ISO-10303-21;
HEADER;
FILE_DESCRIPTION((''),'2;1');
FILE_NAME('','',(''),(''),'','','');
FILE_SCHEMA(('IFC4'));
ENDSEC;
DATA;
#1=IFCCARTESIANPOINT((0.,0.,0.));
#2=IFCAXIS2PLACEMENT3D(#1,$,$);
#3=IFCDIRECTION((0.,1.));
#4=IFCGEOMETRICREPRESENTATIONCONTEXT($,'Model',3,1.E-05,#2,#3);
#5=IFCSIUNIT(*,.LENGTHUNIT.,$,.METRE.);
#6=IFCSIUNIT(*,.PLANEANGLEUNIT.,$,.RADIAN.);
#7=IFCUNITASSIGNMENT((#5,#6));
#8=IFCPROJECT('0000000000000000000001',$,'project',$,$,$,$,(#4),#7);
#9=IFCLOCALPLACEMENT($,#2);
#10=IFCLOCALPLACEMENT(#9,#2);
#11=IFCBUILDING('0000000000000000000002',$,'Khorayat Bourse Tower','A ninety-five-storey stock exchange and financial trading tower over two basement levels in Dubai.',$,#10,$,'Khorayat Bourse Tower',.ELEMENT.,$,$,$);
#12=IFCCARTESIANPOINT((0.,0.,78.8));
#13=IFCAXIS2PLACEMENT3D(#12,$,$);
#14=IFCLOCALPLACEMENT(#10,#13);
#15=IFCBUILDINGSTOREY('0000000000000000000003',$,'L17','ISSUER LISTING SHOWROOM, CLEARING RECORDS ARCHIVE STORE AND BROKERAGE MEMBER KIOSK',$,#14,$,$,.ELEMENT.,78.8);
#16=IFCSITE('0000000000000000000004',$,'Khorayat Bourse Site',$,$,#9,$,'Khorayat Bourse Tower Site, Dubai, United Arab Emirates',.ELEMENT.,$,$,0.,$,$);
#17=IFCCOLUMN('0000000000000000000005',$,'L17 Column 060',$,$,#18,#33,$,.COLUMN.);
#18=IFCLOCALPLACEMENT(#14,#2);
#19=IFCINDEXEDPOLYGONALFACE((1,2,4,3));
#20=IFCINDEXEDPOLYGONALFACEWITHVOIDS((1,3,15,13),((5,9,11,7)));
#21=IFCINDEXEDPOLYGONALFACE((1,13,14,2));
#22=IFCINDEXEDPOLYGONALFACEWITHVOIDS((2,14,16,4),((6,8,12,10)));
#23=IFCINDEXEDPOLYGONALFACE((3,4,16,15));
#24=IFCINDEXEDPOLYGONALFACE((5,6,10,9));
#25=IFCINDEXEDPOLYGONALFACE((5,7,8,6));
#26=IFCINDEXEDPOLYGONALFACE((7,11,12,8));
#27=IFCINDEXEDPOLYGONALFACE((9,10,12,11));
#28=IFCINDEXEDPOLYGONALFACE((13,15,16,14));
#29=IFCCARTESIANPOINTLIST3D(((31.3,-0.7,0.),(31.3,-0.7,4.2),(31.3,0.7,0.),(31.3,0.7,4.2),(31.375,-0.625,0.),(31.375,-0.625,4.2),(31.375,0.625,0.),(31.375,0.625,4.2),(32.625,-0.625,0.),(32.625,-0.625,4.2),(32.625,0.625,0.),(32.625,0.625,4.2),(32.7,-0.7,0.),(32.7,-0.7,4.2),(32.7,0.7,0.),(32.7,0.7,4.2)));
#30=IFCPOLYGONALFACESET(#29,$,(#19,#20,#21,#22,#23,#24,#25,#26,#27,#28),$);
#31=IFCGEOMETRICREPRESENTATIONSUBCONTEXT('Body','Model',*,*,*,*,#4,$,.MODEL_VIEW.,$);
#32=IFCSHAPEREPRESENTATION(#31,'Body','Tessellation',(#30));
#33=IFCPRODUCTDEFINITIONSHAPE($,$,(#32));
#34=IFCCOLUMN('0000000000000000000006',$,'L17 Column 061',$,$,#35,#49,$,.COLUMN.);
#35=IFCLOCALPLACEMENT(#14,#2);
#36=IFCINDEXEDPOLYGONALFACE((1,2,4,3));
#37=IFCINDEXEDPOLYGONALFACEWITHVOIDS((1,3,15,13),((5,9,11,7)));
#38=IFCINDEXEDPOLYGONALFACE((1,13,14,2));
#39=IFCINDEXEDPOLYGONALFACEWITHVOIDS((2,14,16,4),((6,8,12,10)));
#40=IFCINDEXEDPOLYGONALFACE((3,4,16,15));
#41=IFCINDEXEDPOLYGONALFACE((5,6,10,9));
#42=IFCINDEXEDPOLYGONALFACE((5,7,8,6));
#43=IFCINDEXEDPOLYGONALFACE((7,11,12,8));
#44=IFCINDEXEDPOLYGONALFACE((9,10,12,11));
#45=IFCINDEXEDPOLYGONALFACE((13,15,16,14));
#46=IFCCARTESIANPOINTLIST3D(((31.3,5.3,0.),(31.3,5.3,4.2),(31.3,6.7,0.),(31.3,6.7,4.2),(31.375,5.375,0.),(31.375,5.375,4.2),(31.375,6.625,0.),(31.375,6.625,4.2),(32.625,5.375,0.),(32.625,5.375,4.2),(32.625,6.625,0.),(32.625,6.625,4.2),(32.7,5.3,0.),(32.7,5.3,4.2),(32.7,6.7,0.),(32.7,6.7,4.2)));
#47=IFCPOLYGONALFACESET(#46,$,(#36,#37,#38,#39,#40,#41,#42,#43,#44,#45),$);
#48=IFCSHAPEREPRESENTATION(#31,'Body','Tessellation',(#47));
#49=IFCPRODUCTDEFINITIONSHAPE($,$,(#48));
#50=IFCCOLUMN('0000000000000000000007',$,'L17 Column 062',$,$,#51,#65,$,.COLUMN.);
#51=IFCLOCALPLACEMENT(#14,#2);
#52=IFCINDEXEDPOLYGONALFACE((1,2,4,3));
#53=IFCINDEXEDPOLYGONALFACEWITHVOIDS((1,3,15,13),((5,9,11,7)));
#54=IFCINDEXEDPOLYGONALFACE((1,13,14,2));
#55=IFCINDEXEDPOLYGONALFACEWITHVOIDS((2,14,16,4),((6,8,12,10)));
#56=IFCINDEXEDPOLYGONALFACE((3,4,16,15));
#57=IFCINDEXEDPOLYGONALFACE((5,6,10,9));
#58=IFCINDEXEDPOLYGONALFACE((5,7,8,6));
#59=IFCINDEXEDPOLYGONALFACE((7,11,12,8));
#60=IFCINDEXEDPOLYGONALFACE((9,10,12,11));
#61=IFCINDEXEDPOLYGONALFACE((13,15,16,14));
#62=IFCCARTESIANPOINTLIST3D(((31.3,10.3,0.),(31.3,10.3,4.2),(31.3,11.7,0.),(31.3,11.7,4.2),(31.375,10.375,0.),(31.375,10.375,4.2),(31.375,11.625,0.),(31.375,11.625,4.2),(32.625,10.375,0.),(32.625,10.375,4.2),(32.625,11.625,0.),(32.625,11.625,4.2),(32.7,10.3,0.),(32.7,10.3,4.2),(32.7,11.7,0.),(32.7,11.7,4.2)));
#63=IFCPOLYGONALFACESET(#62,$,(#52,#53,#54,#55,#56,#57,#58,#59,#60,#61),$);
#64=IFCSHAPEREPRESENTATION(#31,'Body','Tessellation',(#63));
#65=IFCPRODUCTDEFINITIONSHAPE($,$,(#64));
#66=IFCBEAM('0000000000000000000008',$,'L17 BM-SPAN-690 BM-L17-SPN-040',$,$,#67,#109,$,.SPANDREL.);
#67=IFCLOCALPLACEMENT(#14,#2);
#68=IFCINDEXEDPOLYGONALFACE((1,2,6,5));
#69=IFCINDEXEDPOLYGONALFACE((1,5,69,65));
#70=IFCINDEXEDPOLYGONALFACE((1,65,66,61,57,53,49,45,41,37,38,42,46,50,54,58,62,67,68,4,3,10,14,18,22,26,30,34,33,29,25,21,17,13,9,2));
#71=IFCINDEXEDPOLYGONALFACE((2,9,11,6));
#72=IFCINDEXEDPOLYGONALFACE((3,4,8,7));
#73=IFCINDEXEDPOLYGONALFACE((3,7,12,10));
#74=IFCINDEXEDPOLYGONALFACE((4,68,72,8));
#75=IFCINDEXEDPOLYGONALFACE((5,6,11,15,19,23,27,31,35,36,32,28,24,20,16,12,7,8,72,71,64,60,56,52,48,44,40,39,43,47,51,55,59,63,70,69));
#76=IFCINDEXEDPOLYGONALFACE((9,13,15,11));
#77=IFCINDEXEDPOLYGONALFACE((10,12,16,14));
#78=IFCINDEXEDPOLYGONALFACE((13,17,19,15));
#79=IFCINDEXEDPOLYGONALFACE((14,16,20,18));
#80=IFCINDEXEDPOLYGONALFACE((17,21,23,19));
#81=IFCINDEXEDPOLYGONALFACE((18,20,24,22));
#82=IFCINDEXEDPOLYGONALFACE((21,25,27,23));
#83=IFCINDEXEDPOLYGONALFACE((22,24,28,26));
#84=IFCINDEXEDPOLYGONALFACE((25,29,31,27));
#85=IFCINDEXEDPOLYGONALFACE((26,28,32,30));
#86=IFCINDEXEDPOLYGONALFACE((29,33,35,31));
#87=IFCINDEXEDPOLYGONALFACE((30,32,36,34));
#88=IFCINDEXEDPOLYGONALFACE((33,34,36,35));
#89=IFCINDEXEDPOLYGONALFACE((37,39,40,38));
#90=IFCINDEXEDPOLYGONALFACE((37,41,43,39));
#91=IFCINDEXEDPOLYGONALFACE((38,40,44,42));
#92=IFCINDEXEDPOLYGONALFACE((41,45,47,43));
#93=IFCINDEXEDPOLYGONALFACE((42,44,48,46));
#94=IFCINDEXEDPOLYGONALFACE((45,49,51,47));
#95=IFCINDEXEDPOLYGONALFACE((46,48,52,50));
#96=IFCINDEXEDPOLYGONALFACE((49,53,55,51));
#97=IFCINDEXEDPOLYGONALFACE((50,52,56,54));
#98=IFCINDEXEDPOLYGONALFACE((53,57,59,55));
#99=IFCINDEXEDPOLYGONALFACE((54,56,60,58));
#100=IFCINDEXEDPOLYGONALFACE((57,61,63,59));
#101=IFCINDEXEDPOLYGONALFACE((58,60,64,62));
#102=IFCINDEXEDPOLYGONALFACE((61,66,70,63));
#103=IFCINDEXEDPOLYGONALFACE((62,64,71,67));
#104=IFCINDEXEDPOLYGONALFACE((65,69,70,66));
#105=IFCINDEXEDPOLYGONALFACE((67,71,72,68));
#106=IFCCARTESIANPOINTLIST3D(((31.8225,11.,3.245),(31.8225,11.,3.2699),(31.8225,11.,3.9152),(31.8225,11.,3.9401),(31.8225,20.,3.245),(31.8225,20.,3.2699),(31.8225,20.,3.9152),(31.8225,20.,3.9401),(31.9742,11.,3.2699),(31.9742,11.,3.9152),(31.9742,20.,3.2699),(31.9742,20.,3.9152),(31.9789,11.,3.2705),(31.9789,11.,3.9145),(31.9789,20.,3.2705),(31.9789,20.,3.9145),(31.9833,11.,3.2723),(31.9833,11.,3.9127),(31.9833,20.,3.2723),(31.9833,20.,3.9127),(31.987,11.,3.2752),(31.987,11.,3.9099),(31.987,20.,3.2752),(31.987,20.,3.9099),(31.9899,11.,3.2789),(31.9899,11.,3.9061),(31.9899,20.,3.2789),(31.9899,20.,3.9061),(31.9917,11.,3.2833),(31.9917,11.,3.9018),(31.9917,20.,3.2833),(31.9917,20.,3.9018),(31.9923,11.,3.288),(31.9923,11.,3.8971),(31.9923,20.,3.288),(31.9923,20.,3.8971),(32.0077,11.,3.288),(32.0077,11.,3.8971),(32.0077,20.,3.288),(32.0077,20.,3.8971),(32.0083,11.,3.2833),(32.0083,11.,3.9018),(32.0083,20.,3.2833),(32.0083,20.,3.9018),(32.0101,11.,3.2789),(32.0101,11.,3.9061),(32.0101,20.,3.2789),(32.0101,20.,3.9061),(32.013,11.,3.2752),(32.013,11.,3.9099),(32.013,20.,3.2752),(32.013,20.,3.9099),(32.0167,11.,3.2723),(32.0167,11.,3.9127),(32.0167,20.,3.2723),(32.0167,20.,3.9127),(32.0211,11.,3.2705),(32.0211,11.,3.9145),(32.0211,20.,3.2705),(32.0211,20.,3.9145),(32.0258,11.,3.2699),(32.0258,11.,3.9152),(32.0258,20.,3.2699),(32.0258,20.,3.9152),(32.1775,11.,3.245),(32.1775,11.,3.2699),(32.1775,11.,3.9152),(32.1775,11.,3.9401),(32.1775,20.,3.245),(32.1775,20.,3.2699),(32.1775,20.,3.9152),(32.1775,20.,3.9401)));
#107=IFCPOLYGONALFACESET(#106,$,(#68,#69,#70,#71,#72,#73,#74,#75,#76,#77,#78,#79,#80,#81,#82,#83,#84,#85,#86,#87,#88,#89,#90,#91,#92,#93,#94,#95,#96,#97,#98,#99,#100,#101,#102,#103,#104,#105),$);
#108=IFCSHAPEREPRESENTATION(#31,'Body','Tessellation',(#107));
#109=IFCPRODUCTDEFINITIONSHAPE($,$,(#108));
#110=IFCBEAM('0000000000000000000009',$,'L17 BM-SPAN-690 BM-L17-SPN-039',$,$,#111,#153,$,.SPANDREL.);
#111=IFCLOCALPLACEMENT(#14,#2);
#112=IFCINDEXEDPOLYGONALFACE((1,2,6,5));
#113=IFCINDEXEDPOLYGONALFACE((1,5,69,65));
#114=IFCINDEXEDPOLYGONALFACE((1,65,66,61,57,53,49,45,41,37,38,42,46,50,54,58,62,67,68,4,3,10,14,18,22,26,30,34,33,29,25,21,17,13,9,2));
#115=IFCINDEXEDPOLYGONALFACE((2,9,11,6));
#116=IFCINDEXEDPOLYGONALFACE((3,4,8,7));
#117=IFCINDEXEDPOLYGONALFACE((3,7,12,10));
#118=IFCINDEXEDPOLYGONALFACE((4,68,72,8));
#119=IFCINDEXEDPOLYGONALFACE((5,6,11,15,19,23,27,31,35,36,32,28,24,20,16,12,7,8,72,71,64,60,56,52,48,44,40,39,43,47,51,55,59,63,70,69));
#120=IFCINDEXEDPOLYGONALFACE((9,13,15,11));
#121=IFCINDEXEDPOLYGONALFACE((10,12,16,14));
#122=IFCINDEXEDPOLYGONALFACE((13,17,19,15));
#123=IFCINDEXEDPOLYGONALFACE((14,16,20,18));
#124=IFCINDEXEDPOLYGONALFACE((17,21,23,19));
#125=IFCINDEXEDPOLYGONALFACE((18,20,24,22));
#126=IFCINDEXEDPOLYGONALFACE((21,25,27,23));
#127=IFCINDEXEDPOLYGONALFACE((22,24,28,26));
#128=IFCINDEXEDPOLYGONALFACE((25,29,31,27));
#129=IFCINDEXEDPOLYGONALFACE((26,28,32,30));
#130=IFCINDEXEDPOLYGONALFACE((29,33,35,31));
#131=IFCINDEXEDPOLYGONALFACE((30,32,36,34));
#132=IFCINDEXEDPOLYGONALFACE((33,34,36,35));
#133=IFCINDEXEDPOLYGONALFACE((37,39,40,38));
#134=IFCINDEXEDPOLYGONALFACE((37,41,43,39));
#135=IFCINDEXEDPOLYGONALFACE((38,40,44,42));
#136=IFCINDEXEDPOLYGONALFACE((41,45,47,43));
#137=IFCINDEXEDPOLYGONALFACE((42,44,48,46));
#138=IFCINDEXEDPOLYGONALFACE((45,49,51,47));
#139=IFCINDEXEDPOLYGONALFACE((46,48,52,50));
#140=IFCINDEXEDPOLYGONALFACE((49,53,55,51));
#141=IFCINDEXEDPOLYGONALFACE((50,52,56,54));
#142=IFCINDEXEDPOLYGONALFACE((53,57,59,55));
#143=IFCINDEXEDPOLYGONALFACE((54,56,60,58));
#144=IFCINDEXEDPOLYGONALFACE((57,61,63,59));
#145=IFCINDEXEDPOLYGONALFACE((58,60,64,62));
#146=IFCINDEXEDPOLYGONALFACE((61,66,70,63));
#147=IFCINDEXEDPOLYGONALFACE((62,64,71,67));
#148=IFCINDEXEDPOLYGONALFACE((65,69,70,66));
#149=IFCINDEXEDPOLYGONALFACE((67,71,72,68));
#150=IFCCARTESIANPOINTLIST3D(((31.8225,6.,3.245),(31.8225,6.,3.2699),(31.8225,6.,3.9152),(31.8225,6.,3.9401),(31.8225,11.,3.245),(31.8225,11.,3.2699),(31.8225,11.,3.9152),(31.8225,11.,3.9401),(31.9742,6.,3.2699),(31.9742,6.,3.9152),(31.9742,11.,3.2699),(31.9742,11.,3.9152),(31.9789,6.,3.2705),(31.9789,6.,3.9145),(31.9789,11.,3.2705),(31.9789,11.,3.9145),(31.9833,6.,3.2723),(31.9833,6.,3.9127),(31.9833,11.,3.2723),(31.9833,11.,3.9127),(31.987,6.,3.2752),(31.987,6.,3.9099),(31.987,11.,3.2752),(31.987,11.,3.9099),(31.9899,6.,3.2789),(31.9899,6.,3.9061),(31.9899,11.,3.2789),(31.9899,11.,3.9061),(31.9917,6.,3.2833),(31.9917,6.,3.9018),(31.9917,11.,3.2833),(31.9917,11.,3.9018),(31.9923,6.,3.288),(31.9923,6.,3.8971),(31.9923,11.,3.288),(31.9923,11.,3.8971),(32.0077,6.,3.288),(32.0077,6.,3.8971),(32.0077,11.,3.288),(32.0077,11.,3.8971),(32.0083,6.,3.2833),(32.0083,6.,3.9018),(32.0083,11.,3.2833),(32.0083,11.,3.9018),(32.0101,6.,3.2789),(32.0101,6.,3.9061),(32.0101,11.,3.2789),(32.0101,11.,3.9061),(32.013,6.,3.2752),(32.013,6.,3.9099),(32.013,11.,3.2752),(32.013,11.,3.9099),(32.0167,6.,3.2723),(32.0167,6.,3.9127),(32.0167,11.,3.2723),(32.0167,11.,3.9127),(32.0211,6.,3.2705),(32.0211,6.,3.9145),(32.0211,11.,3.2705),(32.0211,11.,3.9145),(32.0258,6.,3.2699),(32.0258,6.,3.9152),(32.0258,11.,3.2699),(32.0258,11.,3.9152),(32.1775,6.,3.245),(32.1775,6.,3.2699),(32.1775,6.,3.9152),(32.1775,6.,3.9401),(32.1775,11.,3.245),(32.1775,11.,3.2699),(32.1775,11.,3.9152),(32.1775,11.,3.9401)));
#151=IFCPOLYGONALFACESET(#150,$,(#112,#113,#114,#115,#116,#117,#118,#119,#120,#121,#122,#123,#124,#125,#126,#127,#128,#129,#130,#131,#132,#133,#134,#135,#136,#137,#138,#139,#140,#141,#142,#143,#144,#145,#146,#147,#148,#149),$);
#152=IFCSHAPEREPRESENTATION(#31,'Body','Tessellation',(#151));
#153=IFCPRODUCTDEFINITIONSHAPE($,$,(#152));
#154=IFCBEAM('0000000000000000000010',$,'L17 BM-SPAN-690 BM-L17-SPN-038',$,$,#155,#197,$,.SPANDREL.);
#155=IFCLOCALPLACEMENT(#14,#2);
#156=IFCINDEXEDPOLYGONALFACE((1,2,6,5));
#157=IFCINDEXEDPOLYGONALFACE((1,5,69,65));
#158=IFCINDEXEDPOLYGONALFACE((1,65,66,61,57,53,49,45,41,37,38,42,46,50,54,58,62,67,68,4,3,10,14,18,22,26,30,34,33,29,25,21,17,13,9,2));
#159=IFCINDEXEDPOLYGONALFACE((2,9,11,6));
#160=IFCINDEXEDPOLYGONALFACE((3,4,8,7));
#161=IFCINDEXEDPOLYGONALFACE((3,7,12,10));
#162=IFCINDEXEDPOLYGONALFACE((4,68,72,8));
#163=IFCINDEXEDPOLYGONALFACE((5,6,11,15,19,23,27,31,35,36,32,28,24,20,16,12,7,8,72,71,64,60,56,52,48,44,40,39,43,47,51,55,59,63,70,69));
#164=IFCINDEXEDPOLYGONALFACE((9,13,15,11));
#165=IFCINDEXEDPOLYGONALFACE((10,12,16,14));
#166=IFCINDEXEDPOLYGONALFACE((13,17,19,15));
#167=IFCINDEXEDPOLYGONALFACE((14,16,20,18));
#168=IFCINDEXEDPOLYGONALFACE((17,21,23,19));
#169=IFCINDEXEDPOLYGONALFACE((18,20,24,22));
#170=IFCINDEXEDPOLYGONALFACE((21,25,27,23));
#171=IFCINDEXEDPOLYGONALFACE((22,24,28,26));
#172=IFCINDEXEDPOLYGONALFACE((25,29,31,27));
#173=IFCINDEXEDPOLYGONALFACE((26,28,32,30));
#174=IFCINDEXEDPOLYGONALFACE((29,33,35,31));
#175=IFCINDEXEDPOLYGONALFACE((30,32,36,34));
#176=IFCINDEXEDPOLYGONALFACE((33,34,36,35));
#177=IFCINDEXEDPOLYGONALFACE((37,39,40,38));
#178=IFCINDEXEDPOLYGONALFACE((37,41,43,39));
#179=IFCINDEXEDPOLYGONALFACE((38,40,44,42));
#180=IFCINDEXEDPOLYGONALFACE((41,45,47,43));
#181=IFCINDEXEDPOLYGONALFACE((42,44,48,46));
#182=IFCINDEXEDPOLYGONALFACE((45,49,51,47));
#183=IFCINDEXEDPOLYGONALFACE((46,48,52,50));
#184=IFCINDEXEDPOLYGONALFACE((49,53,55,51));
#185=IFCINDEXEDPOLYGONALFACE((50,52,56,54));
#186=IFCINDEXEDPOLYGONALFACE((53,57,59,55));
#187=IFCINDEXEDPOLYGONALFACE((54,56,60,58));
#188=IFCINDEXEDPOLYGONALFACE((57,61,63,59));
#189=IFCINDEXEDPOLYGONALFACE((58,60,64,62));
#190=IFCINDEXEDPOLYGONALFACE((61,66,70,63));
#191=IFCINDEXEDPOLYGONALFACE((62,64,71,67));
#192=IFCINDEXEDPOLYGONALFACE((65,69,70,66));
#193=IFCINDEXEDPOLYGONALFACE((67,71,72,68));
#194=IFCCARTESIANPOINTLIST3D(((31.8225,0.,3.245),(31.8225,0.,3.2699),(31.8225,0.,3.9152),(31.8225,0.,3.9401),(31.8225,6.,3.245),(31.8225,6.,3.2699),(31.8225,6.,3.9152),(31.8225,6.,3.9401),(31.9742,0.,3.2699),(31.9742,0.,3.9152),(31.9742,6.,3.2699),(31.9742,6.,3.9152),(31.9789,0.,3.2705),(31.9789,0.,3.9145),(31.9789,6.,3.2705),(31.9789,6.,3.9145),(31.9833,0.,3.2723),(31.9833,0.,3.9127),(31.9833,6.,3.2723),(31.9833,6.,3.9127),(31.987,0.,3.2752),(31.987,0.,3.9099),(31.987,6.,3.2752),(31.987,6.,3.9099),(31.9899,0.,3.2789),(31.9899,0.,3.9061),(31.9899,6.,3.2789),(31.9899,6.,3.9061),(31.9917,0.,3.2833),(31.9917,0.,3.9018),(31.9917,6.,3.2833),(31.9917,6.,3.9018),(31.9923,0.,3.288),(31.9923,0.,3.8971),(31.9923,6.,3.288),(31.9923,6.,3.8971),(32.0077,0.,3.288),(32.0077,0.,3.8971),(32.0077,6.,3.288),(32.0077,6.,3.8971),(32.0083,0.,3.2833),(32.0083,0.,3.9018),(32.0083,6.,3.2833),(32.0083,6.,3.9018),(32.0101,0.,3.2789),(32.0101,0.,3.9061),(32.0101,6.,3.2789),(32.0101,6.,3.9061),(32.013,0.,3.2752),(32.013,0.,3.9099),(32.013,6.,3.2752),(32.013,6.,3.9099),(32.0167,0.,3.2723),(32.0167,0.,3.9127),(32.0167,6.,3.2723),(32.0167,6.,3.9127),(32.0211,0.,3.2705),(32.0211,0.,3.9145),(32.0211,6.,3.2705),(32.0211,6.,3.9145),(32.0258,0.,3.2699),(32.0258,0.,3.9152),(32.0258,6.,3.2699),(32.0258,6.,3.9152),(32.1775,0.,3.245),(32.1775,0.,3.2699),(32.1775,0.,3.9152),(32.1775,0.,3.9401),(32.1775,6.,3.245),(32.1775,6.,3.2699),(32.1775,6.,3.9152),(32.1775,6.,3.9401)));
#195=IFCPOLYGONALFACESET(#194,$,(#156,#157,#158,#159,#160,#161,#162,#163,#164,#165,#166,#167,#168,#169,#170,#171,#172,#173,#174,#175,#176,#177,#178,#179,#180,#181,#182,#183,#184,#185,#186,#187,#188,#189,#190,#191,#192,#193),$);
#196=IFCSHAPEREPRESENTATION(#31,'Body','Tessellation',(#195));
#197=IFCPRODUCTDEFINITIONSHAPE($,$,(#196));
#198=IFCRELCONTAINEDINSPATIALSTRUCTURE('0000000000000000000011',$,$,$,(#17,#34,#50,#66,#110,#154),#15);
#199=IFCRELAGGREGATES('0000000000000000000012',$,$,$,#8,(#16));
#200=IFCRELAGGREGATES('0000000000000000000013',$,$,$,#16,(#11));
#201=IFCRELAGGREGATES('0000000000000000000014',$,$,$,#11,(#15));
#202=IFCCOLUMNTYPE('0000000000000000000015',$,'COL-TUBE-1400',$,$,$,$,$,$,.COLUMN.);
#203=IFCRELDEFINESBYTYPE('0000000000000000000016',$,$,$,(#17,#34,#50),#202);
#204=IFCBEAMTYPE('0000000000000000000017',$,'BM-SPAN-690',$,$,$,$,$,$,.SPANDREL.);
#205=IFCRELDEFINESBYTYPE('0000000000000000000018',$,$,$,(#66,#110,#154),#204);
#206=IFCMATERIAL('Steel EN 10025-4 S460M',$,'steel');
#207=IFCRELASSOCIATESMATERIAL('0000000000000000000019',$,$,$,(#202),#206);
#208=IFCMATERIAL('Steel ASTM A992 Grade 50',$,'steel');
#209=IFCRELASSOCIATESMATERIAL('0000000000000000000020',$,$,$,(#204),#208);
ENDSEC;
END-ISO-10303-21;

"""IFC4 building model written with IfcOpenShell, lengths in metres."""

from ifc_helpers import new_model, si_unit, direction, frame, origin, origin_2d, place, context, subcontext, project, spatial, hollow_rectangle, i_section, extrude, source, transform, mapped, material, material_profile, profile_set, type_object, element, save


model = new_model("IFC4")

# Units and contexts
model_context = context("Model", 3, precision=1e-05, world=origin(), true_north=direction((0.0, 1.0)))
body_context = subcontext(model_context, "Body", "Model", "MODEL_VIEW")
ifc_project = project(units=[si_unit("LENGTHUNIT", "METRE"), si_unit("PLANEANGLEUNIT", "RADIAN")], contexts=[model_context])

# Site, building, storey
site_placement = place(None, origin())
site = spatial("IfcSite", under=ifc_project, at=site_placement, Name="Khorayat Bourse Site", LongName="Khorayat Bourse Tower Site, Dubai, United Arab Emirates", CompositionType="ELEMENT", RefElevation=0.0)
building_placement = place(site_placement, origin())
building = spatial("IfcBuilding", under=site, at=building_placement, Name="Khorayat Bourse Tower", Description="A ninety-five-storey stock exchange and financial trading tower over two basement levels in Dubai.", LongName="Khorayat Bourse Tower", CompositionType="ELEMENT")
storey_placement = place(building_placement, frame((0.0, 0.0, 78.8)))
storey = spatial("IfcBuildingStorey", under=building, at=storey_placement, Name="L17", Description="ISSUER LISTING SHOWROOM, CLEARING RECORDS ARCHIVE STORE AND BROKERAGE MEMBER KIOSK", CompositionType="ELEMENT", Elevation=78.8)

# Columns
ifc_material_1 = material(Name="Steel EN 10025-4 S460M", Category="steel")
ifc_material_profile_1 = material_profile(ifc_material_1, hollow_rectangle(XDim=1.3999, YDim=1.3999, WallThickness=0.075, at=origin_2d()), Name="BOX 1400x1400x75")
ifc_profile_set_1 = profile_set([ifc_material_profile_1], Name="Steel EN 10025-4 S460M")
column_type = type_object("IfcColumnType", Name="COL-TUBE-1400", PredefinedType="COLUMN", material=ifc_profile_set_1)
shared_shape_1 = source(origin(), body_context, "Body", "SweptSolid", [
    extrude(hollow_rectangle(XDim=1.3999, YDim=1.3999, WallThickness=0.075, at=origin_2d()), origin(), (0.0, 0.0, 1.0), 4.2),
])
for number, where, z_axis, x_axis, name in (
    (1, (32.0, 0.0, 0.0), (0.0, 0.0, 1.0), (1.0, 0.0, 0.0), "L17 Column 060"),
    (2, (32.0, 6.0, 0.0), (0.0, 0.0, 1.0), (1.0, 0.0, 0.0), "L17 Column 061"),
    (3, (32.0, 11.0, 0.0), (0.0, 0.0, 1.0), (1.0, 0.0, 0.0), "L17 Column 062"),
):
    element("IfcColumn", number, at=place(storey_placement, frame(where, z_axis=z_axis, x_axis=x_axis)), inside=storey, type_object=column_type, Name=name, PredefinedType="COLUMN", context=body_context, shape_type="MappedRepresentation", body=[
        mapped(shared_shape_1, transform((0.0, 0.0, 0.0), scale=1.0)),
    ])

# Beams
ifc_material_2 = material(Name="Steel ASTM A992 Grade 50", Category="steel")
ifc_material_profile_2 = material_profile(ifc_material_2, i_section(OverallWidth=0.355, OverallDepth=0.6951, WebThickness=0.0154, FlangeThickness=0.0249, FilletRadius=0.0181, at=origin_2d()), Name="W690X217")
ifc_profile_set_2 = profile_set([ifc_material_profile_2], Name="Steel ASTM A992 Grade 50")
beam_type_1 = type_object("IfcBeamType", Name="BM-SPAN-690", PredefinedType="SPANDREL", material=ifc_profile_set_2)
shared_shape_2 = source(origin(), body_context, "Body", "SweptSolid", [
    extrude(i_section(OverallWidth=0.355, OverallDepth=0.6951, WebThickness=0.0154, FlangeThickness=0.0249, FilletRadius=0.0181, at=origin_2d()), origin(), (0.0, 0.0, 1.0), 9.0),
])
beam_1_placement = place(storey_placement, frame((32.0, 11.0, 3.5925), z_axis=(0.0, 1.0, 0.0), x_axis=(-1.0, 0.0, 0.0)))
element("IfcBeam", 4, at=beam_1_placement, inside=storey, type_object=beam_type_1, Name="L17 BM-SPAN-690 BM-L17-SPN-040", PredefinedType="SPANDREL", context=body_context, shape_type="MappedRepresentation", body=[
    mapped(shared_shape_2, transform((0.0, 0.0, 0.0), scale=1.0)),
])
shared_shape_3 = source(origin(), body_context, "Body", "SweptSolid", [
    extrude(i_section(OverallWidth=0.355, OverallDepth=0.6951, WebThickness=0.0154, FlangeThickness=0.0249, FilletRadius=0.0181, at=origin_2d()), origin(), (0.0, 0.0, 1.0), 5.0),
])
beam_2_placement = place(storey_placement, frame((32.0, 6.0, 3.5925), z_axis=(0.0, 1.0, 0.0), x_axis=(-1.0, 0.0, 0.0)))
element("IfcBeam", 5, at=beam_2_placement, inside=storey, type_object=beam_type_1, Name="L17 BM-SPAN-690 BM-L17-SPN-039", PredefinedType="SPANDREL", context=body_context, shape_type="MappedRepresentation", body=[
    mapped(shared_shape_3, transform((0.0, 0.0, 0.0), scale=1.0)),
])
shared_shape_4 = source(origin(), body_context, "Body", "SweptSolid", [
    extrude(i_section(OverallWidth=0.355, OverallDepth=0.6951, WebThickness=0.0154, FlangeThickness=0.0249, FilletRadius=0.0181, at=origin_2d()), origin(), (0.0, 0.0, 1.0), 6.0),
])
beam_3_placement = place(storey_placement, frame((32.0, 0.0, 3.5925), z_axis=(0.0, 1.0, 0.0), x_axis=(-1.0, 0.0, 0.0)))
element("IfcBeam", 6, at=beam_3_placement, inside=storey, type_object=beam_type_1, Name="L17 BM-SPAN-690 BM-L17-SPN-038", PredefinedType="SPANDREL", context=body_context, shape_type="MappedRepresentation", body=[
    mapped(shared_shape_4, transform((0.0, 0.0, 0.0), scale=1.0)),
])

save(model, "model.ifc")
